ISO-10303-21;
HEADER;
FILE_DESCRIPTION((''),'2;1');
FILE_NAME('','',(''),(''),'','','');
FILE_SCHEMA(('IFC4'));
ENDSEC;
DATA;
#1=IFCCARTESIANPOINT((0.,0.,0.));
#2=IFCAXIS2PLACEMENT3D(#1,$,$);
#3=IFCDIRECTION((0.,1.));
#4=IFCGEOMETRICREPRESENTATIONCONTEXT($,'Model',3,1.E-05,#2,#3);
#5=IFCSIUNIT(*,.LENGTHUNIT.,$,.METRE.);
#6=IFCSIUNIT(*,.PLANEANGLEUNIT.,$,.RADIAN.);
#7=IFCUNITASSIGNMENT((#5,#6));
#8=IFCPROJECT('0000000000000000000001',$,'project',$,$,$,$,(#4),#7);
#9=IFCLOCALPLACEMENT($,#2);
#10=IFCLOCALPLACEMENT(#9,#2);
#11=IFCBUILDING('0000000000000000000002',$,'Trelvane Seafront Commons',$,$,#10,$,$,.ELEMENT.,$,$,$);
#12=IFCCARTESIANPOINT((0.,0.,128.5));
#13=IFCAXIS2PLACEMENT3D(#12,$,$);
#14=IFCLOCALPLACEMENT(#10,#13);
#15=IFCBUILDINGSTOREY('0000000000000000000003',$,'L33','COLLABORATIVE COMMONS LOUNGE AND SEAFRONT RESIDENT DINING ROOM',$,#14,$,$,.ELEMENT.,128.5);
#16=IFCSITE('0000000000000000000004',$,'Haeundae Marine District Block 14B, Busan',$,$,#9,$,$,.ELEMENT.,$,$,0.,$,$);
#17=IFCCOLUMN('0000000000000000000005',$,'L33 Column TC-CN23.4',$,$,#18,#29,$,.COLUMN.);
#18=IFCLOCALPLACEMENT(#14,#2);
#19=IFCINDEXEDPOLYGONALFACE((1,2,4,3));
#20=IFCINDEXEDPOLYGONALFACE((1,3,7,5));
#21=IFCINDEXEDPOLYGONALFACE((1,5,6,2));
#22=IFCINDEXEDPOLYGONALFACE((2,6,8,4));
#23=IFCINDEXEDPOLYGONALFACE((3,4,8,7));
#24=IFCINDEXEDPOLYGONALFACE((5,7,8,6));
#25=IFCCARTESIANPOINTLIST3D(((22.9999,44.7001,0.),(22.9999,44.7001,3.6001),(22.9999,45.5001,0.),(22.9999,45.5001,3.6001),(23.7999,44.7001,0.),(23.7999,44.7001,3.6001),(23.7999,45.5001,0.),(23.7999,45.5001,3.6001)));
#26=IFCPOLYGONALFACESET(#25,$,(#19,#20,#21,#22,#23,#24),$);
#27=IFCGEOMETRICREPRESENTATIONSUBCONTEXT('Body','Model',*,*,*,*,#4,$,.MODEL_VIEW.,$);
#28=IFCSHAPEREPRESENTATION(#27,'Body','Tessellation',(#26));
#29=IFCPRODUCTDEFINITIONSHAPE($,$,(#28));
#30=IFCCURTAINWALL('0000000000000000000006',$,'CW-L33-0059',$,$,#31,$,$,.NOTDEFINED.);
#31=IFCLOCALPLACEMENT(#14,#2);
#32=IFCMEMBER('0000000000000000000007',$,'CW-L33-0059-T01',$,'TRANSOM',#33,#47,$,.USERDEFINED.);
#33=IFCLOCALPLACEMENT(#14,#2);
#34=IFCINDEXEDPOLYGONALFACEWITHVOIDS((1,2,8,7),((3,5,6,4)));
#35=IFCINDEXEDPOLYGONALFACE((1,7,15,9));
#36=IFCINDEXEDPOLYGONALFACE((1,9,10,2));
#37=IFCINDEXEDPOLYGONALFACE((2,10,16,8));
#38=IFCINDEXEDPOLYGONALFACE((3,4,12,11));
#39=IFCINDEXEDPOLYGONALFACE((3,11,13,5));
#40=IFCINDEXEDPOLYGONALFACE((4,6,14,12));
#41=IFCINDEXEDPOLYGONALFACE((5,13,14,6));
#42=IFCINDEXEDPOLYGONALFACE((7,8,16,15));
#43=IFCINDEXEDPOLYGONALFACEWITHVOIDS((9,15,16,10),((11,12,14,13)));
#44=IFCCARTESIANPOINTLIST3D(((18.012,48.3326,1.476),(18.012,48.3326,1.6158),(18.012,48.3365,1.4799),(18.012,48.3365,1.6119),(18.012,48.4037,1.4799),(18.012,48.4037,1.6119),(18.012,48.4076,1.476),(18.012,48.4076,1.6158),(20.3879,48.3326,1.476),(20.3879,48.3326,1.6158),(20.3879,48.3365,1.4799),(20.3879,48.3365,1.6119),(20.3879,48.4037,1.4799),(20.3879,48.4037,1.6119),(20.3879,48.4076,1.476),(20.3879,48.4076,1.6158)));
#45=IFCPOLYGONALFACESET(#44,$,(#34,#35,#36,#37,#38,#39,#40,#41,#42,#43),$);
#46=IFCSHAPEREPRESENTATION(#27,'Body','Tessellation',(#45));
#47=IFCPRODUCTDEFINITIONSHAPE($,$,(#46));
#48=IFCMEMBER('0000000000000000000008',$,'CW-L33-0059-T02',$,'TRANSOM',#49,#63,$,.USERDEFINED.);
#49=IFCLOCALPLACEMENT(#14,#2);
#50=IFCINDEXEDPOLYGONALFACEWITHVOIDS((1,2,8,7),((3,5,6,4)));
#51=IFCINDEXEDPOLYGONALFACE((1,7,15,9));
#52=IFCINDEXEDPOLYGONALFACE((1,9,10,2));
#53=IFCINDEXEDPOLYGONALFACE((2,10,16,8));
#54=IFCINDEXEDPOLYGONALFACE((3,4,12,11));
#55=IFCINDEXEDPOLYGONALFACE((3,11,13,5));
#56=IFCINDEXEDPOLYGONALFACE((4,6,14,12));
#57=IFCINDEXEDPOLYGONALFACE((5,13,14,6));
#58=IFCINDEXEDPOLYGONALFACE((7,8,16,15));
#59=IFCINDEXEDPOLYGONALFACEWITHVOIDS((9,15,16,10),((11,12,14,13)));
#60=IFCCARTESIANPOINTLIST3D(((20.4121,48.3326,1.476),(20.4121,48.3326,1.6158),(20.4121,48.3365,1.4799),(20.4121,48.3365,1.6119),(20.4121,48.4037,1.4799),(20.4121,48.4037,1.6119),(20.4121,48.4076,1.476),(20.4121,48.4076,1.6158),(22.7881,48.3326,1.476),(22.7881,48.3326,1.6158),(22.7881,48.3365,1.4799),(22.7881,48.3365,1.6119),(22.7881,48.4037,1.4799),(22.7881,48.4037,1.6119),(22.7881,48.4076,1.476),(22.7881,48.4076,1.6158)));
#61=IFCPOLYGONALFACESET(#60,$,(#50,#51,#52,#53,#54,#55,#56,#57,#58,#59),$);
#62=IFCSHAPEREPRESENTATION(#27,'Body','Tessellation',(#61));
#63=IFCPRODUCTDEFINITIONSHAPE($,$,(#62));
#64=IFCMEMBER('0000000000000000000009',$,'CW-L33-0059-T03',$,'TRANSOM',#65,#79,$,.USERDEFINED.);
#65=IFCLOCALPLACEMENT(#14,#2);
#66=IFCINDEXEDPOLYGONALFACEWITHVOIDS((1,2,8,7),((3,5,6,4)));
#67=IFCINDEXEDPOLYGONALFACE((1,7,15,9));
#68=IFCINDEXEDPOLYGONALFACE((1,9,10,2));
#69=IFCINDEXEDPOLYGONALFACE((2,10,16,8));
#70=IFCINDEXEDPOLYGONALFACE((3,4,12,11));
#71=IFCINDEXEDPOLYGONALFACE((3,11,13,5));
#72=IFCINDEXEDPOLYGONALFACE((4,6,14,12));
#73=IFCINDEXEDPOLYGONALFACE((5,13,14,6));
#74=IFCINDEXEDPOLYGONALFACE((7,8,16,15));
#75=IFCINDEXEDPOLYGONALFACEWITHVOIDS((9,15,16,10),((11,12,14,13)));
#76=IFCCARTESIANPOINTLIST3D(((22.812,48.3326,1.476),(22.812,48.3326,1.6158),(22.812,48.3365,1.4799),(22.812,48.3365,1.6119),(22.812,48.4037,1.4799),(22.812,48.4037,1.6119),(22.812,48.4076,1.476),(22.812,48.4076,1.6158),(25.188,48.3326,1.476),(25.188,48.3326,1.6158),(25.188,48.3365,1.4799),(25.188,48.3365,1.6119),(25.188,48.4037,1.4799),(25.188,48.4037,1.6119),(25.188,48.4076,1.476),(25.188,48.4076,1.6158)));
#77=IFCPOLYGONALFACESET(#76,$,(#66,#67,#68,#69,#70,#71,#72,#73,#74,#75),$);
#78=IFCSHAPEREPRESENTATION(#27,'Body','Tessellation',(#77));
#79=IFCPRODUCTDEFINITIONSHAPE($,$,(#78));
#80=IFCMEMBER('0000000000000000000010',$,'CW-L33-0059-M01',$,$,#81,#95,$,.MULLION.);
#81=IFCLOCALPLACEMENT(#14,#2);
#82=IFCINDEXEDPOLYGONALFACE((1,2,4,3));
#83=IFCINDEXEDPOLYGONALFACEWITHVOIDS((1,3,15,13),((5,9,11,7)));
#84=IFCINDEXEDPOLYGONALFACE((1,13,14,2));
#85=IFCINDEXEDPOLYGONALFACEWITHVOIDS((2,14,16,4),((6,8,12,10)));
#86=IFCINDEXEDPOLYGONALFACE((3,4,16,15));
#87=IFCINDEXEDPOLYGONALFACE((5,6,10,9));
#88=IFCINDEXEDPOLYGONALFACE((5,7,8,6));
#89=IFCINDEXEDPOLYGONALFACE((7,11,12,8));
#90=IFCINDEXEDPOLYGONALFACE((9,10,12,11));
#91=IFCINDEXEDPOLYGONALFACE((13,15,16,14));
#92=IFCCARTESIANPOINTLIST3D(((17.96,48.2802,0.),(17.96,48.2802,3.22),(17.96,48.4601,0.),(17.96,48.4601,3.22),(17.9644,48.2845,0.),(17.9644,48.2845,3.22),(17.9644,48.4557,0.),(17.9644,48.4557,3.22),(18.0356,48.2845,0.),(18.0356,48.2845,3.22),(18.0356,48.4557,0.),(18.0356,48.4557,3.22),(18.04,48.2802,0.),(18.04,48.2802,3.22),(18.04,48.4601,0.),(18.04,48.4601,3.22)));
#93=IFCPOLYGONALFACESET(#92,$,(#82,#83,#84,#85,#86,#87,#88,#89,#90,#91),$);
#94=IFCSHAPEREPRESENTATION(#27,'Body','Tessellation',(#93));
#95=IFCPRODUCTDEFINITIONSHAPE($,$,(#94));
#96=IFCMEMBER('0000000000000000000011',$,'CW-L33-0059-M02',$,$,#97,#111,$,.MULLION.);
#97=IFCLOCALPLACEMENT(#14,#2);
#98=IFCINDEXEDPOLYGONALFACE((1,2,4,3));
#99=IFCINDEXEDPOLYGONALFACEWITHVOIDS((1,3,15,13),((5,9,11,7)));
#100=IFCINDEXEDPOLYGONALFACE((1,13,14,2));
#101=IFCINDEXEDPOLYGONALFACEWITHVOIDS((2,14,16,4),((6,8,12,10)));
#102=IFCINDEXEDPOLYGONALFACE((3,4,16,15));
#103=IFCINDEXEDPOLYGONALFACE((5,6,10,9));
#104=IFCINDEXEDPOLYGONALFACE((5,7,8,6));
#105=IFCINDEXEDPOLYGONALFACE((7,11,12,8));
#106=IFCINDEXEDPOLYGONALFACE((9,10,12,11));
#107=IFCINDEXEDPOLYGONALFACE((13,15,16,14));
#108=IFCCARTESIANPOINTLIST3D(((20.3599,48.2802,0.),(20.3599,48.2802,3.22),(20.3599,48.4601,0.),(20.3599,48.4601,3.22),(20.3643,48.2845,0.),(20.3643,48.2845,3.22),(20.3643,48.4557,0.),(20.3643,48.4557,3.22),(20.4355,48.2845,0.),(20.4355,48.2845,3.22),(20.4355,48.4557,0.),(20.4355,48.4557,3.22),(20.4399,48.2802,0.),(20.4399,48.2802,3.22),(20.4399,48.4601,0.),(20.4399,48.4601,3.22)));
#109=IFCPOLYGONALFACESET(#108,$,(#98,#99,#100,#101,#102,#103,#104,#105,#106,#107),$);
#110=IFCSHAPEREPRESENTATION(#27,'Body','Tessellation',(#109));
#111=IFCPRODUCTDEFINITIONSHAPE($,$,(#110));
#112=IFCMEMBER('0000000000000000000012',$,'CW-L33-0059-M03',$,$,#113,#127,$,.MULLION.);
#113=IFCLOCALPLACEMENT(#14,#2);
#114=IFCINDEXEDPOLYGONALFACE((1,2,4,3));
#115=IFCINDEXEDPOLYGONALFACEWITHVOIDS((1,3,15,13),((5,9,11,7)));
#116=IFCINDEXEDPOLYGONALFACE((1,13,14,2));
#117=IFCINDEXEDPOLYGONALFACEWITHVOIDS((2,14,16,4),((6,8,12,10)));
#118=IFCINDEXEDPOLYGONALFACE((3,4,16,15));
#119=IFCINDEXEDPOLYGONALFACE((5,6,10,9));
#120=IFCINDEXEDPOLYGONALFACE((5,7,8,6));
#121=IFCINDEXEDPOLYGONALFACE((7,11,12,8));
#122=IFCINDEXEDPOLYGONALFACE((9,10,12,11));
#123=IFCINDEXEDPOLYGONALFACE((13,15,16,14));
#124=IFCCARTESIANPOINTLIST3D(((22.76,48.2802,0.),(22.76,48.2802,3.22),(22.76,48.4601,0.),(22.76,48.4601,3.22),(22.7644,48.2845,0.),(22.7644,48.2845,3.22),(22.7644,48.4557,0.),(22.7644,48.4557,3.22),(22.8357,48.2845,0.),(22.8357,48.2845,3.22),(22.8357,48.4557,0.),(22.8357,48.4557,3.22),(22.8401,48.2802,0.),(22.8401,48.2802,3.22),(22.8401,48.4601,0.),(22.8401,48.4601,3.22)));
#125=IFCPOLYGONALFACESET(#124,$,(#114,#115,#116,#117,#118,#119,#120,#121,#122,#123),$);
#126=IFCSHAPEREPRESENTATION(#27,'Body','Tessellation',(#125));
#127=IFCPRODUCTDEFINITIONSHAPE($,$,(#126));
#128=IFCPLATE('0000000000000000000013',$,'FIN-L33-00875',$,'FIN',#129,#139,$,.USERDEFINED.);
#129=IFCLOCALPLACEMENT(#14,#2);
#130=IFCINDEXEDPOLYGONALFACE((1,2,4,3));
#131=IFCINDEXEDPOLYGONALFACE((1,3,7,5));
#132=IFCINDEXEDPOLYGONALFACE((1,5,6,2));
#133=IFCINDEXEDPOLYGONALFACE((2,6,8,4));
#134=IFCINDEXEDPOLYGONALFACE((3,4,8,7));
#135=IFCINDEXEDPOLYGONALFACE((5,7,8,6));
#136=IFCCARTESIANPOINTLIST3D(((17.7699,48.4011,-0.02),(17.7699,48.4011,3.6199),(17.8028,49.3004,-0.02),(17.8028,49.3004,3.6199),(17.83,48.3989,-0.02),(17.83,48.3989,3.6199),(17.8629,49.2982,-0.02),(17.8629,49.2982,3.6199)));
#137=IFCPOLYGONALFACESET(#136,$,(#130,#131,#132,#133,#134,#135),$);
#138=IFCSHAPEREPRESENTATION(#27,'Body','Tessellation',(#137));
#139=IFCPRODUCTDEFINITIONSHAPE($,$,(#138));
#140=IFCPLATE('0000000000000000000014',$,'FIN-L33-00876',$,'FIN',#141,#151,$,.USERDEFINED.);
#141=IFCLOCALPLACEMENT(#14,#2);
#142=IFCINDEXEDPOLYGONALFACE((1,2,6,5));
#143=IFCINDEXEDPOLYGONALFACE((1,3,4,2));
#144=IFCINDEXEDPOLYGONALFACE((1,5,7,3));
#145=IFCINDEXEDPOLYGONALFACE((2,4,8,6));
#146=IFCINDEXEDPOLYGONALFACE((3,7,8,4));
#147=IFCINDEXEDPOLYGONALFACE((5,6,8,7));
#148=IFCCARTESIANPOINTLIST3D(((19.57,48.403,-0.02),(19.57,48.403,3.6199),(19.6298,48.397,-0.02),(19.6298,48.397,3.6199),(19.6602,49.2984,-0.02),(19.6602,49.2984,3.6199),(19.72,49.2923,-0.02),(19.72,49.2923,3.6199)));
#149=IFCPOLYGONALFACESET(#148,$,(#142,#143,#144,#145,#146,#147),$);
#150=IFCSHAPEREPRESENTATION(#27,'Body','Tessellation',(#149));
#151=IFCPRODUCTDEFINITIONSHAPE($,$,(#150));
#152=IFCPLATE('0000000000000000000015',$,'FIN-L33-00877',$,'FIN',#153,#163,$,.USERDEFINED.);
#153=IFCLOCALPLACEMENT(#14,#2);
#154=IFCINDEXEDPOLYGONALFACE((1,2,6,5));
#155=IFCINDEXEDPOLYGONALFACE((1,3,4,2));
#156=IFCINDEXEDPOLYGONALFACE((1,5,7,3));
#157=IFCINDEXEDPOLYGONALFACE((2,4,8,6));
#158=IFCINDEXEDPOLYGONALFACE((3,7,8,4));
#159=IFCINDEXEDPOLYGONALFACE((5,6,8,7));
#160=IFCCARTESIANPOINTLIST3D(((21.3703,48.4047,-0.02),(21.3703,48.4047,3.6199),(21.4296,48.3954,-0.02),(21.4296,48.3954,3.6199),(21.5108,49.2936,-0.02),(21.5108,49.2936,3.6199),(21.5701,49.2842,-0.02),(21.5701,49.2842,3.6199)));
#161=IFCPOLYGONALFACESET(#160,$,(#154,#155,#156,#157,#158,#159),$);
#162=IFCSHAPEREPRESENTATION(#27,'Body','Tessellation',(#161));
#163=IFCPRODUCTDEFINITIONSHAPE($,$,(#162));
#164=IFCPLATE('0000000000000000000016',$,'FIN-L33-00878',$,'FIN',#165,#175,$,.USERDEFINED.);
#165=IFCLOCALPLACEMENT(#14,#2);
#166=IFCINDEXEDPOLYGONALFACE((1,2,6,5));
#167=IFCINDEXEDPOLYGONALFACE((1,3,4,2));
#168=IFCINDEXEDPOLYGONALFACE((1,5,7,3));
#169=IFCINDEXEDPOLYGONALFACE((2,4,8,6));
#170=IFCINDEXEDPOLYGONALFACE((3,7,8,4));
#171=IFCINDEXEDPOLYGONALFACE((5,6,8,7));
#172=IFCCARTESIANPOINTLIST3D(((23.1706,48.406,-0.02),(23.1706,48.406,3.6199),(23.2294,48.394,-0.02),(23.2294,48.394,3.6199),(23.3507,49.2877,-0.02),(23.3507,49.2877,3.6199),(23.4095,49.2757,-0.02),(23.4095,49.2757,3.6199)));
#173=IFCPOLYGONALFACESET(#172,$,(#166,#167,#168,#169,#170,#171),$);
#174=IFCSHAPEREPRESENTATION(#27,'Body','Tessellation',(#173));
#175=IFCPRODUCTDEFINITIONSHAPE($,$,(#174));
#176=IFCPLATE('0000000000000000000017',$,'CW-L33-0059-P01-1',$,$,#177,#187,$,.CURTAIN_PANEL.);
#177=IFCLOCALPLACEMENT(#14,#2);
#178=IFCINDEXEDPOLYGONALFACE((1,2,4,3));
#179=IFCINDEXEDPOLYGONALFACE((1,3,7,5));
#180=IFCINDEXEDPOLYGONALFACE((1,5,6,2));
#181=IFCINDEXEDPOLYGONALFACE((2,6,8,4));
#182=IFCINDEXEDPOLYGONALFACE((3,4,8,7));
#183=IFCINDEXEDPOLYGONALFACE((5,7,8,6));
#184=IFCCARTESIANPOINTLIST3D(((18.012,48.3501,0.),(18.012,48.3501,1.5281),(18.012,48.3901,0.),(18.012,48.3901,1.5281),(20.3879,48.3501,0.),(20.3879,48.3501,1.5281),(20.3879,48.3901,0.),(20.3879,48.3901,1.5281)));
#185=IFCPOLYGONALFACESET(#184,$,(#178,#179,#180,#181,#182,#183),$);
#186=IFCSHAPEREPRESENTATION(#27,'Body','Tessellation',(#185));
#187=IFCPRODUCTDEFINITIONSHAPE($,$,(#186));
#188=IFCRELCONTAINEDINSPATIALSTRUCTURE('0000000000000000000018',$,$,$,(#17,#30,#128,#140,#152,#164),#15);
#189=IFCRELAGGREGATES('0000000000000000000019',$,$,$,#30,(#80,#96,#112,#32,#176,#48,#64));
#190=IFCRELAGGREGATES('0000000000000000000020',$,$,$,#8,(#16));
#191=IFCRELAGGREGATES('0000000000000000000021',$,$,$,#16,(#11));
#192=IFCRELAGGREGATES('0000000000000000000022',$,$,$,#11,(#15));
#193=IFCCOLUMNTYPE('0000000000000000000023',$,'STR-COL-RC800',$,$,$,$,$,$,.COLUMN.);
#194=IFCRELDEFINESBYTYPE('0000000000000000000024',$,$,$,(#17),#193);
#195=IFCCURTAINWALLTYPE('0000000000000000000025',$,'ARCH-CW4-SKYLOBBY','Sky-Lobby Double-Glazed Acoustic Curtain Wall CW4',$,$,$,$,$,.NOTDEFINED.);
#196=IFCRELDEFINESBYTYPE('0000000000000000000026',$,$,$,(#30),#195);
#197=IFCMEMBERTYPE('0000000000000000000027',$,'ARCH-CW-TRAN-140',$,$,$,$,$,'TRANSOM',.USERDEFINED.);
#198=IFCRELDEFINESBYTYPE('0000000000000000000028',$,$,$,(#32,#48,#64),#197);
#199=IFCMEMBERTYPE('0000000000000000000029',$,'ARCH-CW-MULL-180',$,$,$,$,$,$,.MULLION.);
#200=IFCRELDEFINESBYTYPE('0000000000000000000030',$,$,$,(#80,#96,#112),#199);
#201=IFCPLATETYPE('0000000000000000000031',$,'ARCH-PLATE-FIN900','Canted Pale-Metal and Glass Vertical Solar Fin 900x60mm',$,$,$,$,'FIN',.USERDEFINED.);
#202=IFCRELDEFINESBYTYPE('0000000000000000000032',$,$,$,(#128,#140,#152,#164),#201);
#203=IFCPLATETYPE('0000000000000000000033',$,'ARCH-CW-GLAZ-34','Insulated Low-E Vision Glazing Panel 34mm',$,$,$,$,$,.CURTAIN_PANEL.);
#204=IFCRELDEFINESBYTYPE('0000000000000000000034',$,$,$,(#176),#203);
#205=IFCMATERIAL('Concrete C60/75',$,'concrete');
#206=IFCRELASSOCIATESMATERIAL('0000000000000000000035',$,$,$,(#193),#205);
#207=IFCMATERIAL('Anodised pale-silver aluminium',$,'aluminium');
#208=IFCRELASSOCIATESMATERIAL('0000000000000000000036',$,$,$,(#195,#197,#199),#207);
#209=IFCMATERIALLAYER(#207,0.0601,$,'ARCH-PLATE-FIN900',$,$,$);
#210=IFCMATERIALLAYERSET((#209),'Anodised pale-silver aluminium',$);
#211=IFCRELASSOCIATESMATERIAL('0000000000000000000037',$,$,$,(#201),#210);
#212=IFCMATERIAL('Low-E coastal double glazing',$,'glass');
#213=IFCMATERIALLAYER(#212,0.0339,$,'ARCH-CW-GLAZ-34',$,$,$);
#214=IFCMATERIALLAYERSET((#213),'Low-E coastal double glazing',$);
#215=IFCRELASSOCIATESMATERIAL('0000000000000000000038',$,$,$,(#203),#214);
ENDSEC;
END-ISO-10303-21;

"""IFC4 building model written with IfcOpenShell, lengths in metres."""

from ifc_helpers import new_model, si_unit, direction, frame, origin, origin_2d, place, context, subcontext, project, spatial, rectangle, hollow_rectangle, extrude, source, transform, mapped, material, layer, layer_set, material_profile, profile_set, type_object, element, aggregate, save


model = new_model("IFC4")

# Units and contexts
model_context = context("Model", 3, precision=1e-05, world=origin(), true_north=direction((0.0, 1.0)))
body_context = subcontext(model_context, "Body", "Model", "MODEL_VIEW")
ifc_project = project(units=[si_unit("LENGTHUNIT", "METRE"), si_unit("PLANEANGLEUNIT", "RADIAN")], contexts=[model_context])

# Site, building, storey
site_placement = place(None, origin())
site = spatial("IfcSite", under=ifc_project, at=site_placement, Name="Haeundae Marine District Block 14B, Busan", CompositionType="ELEMENT", RefElevation=0.0)
building_placement = place(site_placement, origin())
building = spatial("IfcBuilding", under=site, at=building_placement, Name="Trelvane Seafront Commons", CompositionType="ELEMENT")
storey_placement = place(building_placement, frame((0.0, 0.0, 128.5)))
storey = spatial("IfcBuildingStorey", under=building, at=storey_placement, Name="L33", Description="COLLABORATIVE COMMONS LOUNGE AND SEAFRONT RESIDENT DINING ROOM", CompositionType="ELEMENT", Elevation=128.5)

# Column
ifc_material_1 = material(Name="Concrete C60/75", Category="concrete")
ifc_material_profile_1 = material_profile(ifc_material_1, rectangle(XDim=0.8, YDim=0.8, at=origin_2d()), Name="RC-800x800")
ifc_profile_set_1 = profile_set([ifc_material_profile_1], Name="Concrete C60/75")
column_type = type_object("IfcColumnType", Name="STR-COL-RC800", PredefinedType="COLUMN", material=ifc_profile_set_1)
shared_shape_1 = source(origin(), body_context, "Body", "SweptSolid", [
    extrude(rectangle(XDim=0.8, YDim=0.8, at=origin_2d()), origin(), (0.0, 0.0, 1.0), 3.6001),
])
column_placement = place(storey_placement, frame((23.3999, 45.1001, 0.0), z_axis=(0.0, 0.0, 1.0), x_axis=(1.0, 0.0, 0.0)))
element("IfcColumn", 1, at=column_placement, inside=storey, type_object=column_type, Name="L33 Column TC-CN23.4", PredefinedType="COLUMN", context=body_context, shape_type="MappedRepresentation", body=[
    mapped(shared_shape_1, transform((0.0, 0.0, 0.0), x_axis=(1.0, 0.0, 0.0), y_axis=(0.0, 1.0, 0.0), z_axis=(0.0, 0.0, 1.0), scale=1.0)),
])

# Curtain wall, members
ifc_material_2 = material(Name="Anodised pale-silver aluminium", Category="aluminium")
curtain_wall_type = type_object("IfcCurtainWallType", Name="ARCH-CW4-SKYLOBBY", Description="Sky-Lobby Double-Glazed Acoustic Curtain Wall CW4", PredefinedType="NOTDEFINED", material=ifc_material_2)
curtain_wall_placement = place(storey_placement, origin())
curtain_wall = element("IfcCurtainWall", 2, at=curtain_wall_placement, inside=storey, type_object=curtain_wall_type, Name="CW-L33-0059", PredefinedType="NOTDEFINED")
ifc_material_profile_2 = material_profile(ifc_material_2, hollow_rectangle(XDim=0.075, YDim=0.1399, WallThickness=0.0039, at=origin_2d()), Name="TRAN-75x140x4")
ifc_profile_set_2 = profile_set([ifc_material_profile_2], Name="Anodised pale-silver aluminium")
member_type_1 = type_object("IfcMemberType", Name="ARCH-CW-TRAN-140", ElementType="TRANSOM", PredefinedType="USERDEFINED", material=ifc_profile_set_2)
shared_shape_2 = source(origin(), body_context, "Body", "SweptSolid", [
    extrude(hollow_rectangle(XDim=0.075, YDim=0.1399, WallThickness=0.0039, at=origin_2d()), origin(), (0.0, 0.0, 1.0), 2.376),
])
member_1_placement = place(storey_placement, frame((18.012, 48.3701, 1.5459), z_axis=(1.0, 0.0, 0.0), x_axis=(0.0, 1.0, 0.0)))
member_1 = element("IfcMember", 3, at=member_1_placement, type_object=member_type_1, Name="CW-L33-0059-T01", ObjectType="TRANSOM", PredefinedType="USERDEFINED", context=body_context, shape_type="MappedRepresentation", body=[
    mapped(shared_shape_2, transform((0.0, 0.0, 0.0), x_axis=(1.0, 0.0, 0.0), y_axis=(0.0, 1.0, 0.0), z_axis=(0.0, 0.0, 1.0), scale=1.0)),
])
member_2_placement = place(storey_placement, frame((20.4121, 48.3701, 1.5459), z_axis=(1.0, 0.0, 0.0), x_axis=(0.0, 1.0, 0.0)))
member_2 = element("IfcMember", 4, at=member_2_placement, type_object=member_type_1, Name="CW-L33-0059-T02", ObjectType="TRANSOM", PredefinedType="USERDEFINED", context=body_context, shape_type="MappedRepresentation", body=[
    mapped(shared_shape_2, transform((0.0, 0.0, 0.0), x_axis=(1.0, 0.0, 0.0), y_axis=(0.0, 1.0, 0.0), z_axis=(0.0, 0.0, 1.0), scale=1.0)),
])
member_3_placement = place(storey_placement, frame((22.812, 48.3701, 1.5459), z_axis=(1.0, 0.0, 0.0), x_axis=(0.0, 1.0, 0.0)))
member_3 = element("IfcMember", 5, at=member_3_placement, type_object=member_type_1, Name="CW-L33-0059-T03", ObjectType="TRANSOM", PredefinedType="USERDEFINED", context=body_context, shape_type="MappedRepresentation", body=[
    mapped(shared_shape_2, transform((0.0, 0.0, 0.0), x_axis=(1.0, 0.0, 0.0), y_axis=(0.0, 1.0, 0.0), z_axis=(0.0, 0.0, 1.0), scale=1.0)),
])
ifc_material_profile_3 = material_profile(ifc_material_2, hollow_rectangle(XDim=0.0801, YDim=0.1799, WallThickness=0.0044, at=origin_2d()), Name="MULL-80x180x4.5")
ifc_profile_set_3 = profile_set([ifc_material_profile_3], Name="Anodised pale-silver aluminium")
member_type_2 = type_object("IfcMemberType", Name="ARCH-CW-MULL-180", PredefinedType="MULLION", material=ifc_profile_set_3)
shared_shape_3 = source(origin(), body_context, "Body", "SweptSolid", [
    extrude(hollow_rectangle(XDim=0.0801, YDim=0.1799, WallThickness=0.0044, at=origin_2d()), origin(), (0.0, 0.0, 1.0), 3.22),
])
member_4_placement = place(storey_placement, frame((18.0, 48.3701, 0.0), z_axis=(0.0, 0.0, 1.0), x_axis=(1.0, 0.0, 0.0)))
member_4 = element("IfcMember", 6, at=member_4_placement, type_object=member_type_2, Name="CW-L33-0059-M01", PredefinedType="MULLION", context=body_context, shape_type="MappedRepresentation", body=[
    mapped(shared_shape_3, transform((0.0, 0.0, 0.0), x_axis=(1.0, 0.0, 0.0), y_axis=(0.0, 1.0, 0.0), z_axis=(0.0, 0.0, 1.0), scale=1.0)),
])
member_5_placement = place(storey_placement, frame((20.3999, 48.3701, 0.0), z_axis=(0.0, 0.0, 1.0), x_axis=(1.0, 0.0, 0.0)))
member_5 = element("IfcMember", 7, at=member_5_placement, type_object=member_type_2, Name="CW-L33-0059-M02", PredefinedType="MULLION", context=body_context, shape_type="MappedRepresentation", body=[
    mapped(shared_shape_3, transform((0.0, 0.0, 0.0), x_axis=(1.0, 0.0, 0.0), y_axis=(0.0, 1.0, 0.0), z_axis=(0.0, 0.0, 1.0), scale=1.0)),
])
member_6_placement = place(storey_placement, frame((22.8, 48.3701, 0.0), z_axis=(0.0, 0.0, 1.0), x_axis=(1.0, 0.0, 0.0)))
member_6 = element("IfcMember", 8, at=member_6_placement, type_object=member_type_2, Name="CW-L33-0059-M03", PredefinedType="MULLION", context=body_context, shape_type="MappedRepresentation", body=[
    mapped(shared_shape_3, transform((0.0, 0.0, 0.0), x_axis=(1.0, 0.0, 0.0), y_axis=(0.0, 1.0, 0.0), z_axis=(0.0, 0.0, 1.0), scale=1.0)),
])

# Plates
ifc_layer_1 = layer(ifc_material_2, 0.0601, Name="ARCH-PLATE-FIN900")
ifc_layer_set_1 = layer_set([ifc_layer_1], Name="Anodised pale-silver aluminium")
plate_type_1 = type_object("IfcPlateType", Name="ARCH-PLATE-FIN900", Description="Canted Pale-Metal and Glass Vertical Solar Fin 900x60mm", ElementType="FIN", PredefinedType="USERDEFINED", material=ifc_layer_set_1)
shared_shape_4 = source(origin(), body_context, "Body", "SweptSolid", [
    extrude(rectangle(XDim=0.8999, YDim=0.0601, at=origin_2d()), origin(), (0.0, 0.0, 1.0), 3.6399),
])
for number, where, z_axis, x_axis, name in (
    (9, (17.8164, 48.8496, -0.02), (0.0, 0.0, 1.0), (0.036555, 0.999332, 0.0), "FIN-L33-00875"),
    (10, (19.645, 48.8477, -0.02), (0.0, 0.0, 1.0), (0.100219, 0.994965, 0.0), "FIN-L33-00876"),
    (11, (21.4702, 48.8445, -0.02), (0.0, 0.0, 1.0), (0.156105, 0.98774, 0.0), "FIN-L33-00877"),
    (12, (23.29, 48.8408, -0.02), (0.0, 0.0, 1.0), (0.20011, 0.979773, 0.0), "FIN-L33-00878"),
):
    element("IfcPlate", number, at=place(storey_placement, frame(where, z_axis=z_axis, x_axis=x_axis)), inside=storey, type_object=plate_type_1, Name=name, ObjectType="FIN", PredefinedType="USERDEFINED", context=body_context, shape_type="MappedRepresentation", body=[
        mapped(shared_shape_4, transform((0.0, 0.0, 0.0), x_axis=(1.0, 0.0, 0.0), y_axis=(0.0, 1.0, 0.0), z_axis=(0.0, 0.0, 1.0), scale=1.0)),
    ])

# Plate
ifc_material_3 = material(Name="Low-E coastal double glazing", Category="glass")
ifc_layer_2 = layer(ifc_material_3, 0.0339, Name="ARCH-CW-GLAZ-34")
ifc_layer_set_2 = layer_set([ifc_layer_2], Name="Low-E coastal double glazing")
plate_type_2 = type_object("IfcPlateType", Name="ARCH-CW-GLAZ-34", Description="Insulated Low-E Vision Glazing Panel 34mm", PredefinedType="CURTAIN_PANEL", material=ifc_layer_set_2)
shared_shape_5 = source(origin(), body_context, "Body", "SweptSolid", [
    extrude(rectangle(XDim=2.376, YDim=0.04, at=origin_2d()), origin(), (0.0, 0.0, 1.0), 1.5281),
])
plate_1_placement = place(storey_placement, frame((19.2, 48.3701, 0.0), z_axis=(0.0, 0.0, 1.0), x_axis=(1.0, 0.0, 0.0)))
plate_1 = element("IfcPlate", 13, at=plate_1_placement, type_object=plate_type_2, Name="CW-L33-0059-P01-1", PredefinedType="CURTAIN_PANEL", context=body_context, shape_type="MappedRepresentation", body=[
    mapped(shared_shape_5, transform((0.0, 0.0, 0.0), x_axis=(1.0, 0.0, 0.0), y_axis=(0.0, 1.0, 0.0), z_axis=(0.0, 0.0, 1.0), scale=1.0)),
])
aggregate(curtain_wall, [member_4, member_5, member_6, member_1, plate_1, member_2, member_3])

save(model, "model.ifc")
